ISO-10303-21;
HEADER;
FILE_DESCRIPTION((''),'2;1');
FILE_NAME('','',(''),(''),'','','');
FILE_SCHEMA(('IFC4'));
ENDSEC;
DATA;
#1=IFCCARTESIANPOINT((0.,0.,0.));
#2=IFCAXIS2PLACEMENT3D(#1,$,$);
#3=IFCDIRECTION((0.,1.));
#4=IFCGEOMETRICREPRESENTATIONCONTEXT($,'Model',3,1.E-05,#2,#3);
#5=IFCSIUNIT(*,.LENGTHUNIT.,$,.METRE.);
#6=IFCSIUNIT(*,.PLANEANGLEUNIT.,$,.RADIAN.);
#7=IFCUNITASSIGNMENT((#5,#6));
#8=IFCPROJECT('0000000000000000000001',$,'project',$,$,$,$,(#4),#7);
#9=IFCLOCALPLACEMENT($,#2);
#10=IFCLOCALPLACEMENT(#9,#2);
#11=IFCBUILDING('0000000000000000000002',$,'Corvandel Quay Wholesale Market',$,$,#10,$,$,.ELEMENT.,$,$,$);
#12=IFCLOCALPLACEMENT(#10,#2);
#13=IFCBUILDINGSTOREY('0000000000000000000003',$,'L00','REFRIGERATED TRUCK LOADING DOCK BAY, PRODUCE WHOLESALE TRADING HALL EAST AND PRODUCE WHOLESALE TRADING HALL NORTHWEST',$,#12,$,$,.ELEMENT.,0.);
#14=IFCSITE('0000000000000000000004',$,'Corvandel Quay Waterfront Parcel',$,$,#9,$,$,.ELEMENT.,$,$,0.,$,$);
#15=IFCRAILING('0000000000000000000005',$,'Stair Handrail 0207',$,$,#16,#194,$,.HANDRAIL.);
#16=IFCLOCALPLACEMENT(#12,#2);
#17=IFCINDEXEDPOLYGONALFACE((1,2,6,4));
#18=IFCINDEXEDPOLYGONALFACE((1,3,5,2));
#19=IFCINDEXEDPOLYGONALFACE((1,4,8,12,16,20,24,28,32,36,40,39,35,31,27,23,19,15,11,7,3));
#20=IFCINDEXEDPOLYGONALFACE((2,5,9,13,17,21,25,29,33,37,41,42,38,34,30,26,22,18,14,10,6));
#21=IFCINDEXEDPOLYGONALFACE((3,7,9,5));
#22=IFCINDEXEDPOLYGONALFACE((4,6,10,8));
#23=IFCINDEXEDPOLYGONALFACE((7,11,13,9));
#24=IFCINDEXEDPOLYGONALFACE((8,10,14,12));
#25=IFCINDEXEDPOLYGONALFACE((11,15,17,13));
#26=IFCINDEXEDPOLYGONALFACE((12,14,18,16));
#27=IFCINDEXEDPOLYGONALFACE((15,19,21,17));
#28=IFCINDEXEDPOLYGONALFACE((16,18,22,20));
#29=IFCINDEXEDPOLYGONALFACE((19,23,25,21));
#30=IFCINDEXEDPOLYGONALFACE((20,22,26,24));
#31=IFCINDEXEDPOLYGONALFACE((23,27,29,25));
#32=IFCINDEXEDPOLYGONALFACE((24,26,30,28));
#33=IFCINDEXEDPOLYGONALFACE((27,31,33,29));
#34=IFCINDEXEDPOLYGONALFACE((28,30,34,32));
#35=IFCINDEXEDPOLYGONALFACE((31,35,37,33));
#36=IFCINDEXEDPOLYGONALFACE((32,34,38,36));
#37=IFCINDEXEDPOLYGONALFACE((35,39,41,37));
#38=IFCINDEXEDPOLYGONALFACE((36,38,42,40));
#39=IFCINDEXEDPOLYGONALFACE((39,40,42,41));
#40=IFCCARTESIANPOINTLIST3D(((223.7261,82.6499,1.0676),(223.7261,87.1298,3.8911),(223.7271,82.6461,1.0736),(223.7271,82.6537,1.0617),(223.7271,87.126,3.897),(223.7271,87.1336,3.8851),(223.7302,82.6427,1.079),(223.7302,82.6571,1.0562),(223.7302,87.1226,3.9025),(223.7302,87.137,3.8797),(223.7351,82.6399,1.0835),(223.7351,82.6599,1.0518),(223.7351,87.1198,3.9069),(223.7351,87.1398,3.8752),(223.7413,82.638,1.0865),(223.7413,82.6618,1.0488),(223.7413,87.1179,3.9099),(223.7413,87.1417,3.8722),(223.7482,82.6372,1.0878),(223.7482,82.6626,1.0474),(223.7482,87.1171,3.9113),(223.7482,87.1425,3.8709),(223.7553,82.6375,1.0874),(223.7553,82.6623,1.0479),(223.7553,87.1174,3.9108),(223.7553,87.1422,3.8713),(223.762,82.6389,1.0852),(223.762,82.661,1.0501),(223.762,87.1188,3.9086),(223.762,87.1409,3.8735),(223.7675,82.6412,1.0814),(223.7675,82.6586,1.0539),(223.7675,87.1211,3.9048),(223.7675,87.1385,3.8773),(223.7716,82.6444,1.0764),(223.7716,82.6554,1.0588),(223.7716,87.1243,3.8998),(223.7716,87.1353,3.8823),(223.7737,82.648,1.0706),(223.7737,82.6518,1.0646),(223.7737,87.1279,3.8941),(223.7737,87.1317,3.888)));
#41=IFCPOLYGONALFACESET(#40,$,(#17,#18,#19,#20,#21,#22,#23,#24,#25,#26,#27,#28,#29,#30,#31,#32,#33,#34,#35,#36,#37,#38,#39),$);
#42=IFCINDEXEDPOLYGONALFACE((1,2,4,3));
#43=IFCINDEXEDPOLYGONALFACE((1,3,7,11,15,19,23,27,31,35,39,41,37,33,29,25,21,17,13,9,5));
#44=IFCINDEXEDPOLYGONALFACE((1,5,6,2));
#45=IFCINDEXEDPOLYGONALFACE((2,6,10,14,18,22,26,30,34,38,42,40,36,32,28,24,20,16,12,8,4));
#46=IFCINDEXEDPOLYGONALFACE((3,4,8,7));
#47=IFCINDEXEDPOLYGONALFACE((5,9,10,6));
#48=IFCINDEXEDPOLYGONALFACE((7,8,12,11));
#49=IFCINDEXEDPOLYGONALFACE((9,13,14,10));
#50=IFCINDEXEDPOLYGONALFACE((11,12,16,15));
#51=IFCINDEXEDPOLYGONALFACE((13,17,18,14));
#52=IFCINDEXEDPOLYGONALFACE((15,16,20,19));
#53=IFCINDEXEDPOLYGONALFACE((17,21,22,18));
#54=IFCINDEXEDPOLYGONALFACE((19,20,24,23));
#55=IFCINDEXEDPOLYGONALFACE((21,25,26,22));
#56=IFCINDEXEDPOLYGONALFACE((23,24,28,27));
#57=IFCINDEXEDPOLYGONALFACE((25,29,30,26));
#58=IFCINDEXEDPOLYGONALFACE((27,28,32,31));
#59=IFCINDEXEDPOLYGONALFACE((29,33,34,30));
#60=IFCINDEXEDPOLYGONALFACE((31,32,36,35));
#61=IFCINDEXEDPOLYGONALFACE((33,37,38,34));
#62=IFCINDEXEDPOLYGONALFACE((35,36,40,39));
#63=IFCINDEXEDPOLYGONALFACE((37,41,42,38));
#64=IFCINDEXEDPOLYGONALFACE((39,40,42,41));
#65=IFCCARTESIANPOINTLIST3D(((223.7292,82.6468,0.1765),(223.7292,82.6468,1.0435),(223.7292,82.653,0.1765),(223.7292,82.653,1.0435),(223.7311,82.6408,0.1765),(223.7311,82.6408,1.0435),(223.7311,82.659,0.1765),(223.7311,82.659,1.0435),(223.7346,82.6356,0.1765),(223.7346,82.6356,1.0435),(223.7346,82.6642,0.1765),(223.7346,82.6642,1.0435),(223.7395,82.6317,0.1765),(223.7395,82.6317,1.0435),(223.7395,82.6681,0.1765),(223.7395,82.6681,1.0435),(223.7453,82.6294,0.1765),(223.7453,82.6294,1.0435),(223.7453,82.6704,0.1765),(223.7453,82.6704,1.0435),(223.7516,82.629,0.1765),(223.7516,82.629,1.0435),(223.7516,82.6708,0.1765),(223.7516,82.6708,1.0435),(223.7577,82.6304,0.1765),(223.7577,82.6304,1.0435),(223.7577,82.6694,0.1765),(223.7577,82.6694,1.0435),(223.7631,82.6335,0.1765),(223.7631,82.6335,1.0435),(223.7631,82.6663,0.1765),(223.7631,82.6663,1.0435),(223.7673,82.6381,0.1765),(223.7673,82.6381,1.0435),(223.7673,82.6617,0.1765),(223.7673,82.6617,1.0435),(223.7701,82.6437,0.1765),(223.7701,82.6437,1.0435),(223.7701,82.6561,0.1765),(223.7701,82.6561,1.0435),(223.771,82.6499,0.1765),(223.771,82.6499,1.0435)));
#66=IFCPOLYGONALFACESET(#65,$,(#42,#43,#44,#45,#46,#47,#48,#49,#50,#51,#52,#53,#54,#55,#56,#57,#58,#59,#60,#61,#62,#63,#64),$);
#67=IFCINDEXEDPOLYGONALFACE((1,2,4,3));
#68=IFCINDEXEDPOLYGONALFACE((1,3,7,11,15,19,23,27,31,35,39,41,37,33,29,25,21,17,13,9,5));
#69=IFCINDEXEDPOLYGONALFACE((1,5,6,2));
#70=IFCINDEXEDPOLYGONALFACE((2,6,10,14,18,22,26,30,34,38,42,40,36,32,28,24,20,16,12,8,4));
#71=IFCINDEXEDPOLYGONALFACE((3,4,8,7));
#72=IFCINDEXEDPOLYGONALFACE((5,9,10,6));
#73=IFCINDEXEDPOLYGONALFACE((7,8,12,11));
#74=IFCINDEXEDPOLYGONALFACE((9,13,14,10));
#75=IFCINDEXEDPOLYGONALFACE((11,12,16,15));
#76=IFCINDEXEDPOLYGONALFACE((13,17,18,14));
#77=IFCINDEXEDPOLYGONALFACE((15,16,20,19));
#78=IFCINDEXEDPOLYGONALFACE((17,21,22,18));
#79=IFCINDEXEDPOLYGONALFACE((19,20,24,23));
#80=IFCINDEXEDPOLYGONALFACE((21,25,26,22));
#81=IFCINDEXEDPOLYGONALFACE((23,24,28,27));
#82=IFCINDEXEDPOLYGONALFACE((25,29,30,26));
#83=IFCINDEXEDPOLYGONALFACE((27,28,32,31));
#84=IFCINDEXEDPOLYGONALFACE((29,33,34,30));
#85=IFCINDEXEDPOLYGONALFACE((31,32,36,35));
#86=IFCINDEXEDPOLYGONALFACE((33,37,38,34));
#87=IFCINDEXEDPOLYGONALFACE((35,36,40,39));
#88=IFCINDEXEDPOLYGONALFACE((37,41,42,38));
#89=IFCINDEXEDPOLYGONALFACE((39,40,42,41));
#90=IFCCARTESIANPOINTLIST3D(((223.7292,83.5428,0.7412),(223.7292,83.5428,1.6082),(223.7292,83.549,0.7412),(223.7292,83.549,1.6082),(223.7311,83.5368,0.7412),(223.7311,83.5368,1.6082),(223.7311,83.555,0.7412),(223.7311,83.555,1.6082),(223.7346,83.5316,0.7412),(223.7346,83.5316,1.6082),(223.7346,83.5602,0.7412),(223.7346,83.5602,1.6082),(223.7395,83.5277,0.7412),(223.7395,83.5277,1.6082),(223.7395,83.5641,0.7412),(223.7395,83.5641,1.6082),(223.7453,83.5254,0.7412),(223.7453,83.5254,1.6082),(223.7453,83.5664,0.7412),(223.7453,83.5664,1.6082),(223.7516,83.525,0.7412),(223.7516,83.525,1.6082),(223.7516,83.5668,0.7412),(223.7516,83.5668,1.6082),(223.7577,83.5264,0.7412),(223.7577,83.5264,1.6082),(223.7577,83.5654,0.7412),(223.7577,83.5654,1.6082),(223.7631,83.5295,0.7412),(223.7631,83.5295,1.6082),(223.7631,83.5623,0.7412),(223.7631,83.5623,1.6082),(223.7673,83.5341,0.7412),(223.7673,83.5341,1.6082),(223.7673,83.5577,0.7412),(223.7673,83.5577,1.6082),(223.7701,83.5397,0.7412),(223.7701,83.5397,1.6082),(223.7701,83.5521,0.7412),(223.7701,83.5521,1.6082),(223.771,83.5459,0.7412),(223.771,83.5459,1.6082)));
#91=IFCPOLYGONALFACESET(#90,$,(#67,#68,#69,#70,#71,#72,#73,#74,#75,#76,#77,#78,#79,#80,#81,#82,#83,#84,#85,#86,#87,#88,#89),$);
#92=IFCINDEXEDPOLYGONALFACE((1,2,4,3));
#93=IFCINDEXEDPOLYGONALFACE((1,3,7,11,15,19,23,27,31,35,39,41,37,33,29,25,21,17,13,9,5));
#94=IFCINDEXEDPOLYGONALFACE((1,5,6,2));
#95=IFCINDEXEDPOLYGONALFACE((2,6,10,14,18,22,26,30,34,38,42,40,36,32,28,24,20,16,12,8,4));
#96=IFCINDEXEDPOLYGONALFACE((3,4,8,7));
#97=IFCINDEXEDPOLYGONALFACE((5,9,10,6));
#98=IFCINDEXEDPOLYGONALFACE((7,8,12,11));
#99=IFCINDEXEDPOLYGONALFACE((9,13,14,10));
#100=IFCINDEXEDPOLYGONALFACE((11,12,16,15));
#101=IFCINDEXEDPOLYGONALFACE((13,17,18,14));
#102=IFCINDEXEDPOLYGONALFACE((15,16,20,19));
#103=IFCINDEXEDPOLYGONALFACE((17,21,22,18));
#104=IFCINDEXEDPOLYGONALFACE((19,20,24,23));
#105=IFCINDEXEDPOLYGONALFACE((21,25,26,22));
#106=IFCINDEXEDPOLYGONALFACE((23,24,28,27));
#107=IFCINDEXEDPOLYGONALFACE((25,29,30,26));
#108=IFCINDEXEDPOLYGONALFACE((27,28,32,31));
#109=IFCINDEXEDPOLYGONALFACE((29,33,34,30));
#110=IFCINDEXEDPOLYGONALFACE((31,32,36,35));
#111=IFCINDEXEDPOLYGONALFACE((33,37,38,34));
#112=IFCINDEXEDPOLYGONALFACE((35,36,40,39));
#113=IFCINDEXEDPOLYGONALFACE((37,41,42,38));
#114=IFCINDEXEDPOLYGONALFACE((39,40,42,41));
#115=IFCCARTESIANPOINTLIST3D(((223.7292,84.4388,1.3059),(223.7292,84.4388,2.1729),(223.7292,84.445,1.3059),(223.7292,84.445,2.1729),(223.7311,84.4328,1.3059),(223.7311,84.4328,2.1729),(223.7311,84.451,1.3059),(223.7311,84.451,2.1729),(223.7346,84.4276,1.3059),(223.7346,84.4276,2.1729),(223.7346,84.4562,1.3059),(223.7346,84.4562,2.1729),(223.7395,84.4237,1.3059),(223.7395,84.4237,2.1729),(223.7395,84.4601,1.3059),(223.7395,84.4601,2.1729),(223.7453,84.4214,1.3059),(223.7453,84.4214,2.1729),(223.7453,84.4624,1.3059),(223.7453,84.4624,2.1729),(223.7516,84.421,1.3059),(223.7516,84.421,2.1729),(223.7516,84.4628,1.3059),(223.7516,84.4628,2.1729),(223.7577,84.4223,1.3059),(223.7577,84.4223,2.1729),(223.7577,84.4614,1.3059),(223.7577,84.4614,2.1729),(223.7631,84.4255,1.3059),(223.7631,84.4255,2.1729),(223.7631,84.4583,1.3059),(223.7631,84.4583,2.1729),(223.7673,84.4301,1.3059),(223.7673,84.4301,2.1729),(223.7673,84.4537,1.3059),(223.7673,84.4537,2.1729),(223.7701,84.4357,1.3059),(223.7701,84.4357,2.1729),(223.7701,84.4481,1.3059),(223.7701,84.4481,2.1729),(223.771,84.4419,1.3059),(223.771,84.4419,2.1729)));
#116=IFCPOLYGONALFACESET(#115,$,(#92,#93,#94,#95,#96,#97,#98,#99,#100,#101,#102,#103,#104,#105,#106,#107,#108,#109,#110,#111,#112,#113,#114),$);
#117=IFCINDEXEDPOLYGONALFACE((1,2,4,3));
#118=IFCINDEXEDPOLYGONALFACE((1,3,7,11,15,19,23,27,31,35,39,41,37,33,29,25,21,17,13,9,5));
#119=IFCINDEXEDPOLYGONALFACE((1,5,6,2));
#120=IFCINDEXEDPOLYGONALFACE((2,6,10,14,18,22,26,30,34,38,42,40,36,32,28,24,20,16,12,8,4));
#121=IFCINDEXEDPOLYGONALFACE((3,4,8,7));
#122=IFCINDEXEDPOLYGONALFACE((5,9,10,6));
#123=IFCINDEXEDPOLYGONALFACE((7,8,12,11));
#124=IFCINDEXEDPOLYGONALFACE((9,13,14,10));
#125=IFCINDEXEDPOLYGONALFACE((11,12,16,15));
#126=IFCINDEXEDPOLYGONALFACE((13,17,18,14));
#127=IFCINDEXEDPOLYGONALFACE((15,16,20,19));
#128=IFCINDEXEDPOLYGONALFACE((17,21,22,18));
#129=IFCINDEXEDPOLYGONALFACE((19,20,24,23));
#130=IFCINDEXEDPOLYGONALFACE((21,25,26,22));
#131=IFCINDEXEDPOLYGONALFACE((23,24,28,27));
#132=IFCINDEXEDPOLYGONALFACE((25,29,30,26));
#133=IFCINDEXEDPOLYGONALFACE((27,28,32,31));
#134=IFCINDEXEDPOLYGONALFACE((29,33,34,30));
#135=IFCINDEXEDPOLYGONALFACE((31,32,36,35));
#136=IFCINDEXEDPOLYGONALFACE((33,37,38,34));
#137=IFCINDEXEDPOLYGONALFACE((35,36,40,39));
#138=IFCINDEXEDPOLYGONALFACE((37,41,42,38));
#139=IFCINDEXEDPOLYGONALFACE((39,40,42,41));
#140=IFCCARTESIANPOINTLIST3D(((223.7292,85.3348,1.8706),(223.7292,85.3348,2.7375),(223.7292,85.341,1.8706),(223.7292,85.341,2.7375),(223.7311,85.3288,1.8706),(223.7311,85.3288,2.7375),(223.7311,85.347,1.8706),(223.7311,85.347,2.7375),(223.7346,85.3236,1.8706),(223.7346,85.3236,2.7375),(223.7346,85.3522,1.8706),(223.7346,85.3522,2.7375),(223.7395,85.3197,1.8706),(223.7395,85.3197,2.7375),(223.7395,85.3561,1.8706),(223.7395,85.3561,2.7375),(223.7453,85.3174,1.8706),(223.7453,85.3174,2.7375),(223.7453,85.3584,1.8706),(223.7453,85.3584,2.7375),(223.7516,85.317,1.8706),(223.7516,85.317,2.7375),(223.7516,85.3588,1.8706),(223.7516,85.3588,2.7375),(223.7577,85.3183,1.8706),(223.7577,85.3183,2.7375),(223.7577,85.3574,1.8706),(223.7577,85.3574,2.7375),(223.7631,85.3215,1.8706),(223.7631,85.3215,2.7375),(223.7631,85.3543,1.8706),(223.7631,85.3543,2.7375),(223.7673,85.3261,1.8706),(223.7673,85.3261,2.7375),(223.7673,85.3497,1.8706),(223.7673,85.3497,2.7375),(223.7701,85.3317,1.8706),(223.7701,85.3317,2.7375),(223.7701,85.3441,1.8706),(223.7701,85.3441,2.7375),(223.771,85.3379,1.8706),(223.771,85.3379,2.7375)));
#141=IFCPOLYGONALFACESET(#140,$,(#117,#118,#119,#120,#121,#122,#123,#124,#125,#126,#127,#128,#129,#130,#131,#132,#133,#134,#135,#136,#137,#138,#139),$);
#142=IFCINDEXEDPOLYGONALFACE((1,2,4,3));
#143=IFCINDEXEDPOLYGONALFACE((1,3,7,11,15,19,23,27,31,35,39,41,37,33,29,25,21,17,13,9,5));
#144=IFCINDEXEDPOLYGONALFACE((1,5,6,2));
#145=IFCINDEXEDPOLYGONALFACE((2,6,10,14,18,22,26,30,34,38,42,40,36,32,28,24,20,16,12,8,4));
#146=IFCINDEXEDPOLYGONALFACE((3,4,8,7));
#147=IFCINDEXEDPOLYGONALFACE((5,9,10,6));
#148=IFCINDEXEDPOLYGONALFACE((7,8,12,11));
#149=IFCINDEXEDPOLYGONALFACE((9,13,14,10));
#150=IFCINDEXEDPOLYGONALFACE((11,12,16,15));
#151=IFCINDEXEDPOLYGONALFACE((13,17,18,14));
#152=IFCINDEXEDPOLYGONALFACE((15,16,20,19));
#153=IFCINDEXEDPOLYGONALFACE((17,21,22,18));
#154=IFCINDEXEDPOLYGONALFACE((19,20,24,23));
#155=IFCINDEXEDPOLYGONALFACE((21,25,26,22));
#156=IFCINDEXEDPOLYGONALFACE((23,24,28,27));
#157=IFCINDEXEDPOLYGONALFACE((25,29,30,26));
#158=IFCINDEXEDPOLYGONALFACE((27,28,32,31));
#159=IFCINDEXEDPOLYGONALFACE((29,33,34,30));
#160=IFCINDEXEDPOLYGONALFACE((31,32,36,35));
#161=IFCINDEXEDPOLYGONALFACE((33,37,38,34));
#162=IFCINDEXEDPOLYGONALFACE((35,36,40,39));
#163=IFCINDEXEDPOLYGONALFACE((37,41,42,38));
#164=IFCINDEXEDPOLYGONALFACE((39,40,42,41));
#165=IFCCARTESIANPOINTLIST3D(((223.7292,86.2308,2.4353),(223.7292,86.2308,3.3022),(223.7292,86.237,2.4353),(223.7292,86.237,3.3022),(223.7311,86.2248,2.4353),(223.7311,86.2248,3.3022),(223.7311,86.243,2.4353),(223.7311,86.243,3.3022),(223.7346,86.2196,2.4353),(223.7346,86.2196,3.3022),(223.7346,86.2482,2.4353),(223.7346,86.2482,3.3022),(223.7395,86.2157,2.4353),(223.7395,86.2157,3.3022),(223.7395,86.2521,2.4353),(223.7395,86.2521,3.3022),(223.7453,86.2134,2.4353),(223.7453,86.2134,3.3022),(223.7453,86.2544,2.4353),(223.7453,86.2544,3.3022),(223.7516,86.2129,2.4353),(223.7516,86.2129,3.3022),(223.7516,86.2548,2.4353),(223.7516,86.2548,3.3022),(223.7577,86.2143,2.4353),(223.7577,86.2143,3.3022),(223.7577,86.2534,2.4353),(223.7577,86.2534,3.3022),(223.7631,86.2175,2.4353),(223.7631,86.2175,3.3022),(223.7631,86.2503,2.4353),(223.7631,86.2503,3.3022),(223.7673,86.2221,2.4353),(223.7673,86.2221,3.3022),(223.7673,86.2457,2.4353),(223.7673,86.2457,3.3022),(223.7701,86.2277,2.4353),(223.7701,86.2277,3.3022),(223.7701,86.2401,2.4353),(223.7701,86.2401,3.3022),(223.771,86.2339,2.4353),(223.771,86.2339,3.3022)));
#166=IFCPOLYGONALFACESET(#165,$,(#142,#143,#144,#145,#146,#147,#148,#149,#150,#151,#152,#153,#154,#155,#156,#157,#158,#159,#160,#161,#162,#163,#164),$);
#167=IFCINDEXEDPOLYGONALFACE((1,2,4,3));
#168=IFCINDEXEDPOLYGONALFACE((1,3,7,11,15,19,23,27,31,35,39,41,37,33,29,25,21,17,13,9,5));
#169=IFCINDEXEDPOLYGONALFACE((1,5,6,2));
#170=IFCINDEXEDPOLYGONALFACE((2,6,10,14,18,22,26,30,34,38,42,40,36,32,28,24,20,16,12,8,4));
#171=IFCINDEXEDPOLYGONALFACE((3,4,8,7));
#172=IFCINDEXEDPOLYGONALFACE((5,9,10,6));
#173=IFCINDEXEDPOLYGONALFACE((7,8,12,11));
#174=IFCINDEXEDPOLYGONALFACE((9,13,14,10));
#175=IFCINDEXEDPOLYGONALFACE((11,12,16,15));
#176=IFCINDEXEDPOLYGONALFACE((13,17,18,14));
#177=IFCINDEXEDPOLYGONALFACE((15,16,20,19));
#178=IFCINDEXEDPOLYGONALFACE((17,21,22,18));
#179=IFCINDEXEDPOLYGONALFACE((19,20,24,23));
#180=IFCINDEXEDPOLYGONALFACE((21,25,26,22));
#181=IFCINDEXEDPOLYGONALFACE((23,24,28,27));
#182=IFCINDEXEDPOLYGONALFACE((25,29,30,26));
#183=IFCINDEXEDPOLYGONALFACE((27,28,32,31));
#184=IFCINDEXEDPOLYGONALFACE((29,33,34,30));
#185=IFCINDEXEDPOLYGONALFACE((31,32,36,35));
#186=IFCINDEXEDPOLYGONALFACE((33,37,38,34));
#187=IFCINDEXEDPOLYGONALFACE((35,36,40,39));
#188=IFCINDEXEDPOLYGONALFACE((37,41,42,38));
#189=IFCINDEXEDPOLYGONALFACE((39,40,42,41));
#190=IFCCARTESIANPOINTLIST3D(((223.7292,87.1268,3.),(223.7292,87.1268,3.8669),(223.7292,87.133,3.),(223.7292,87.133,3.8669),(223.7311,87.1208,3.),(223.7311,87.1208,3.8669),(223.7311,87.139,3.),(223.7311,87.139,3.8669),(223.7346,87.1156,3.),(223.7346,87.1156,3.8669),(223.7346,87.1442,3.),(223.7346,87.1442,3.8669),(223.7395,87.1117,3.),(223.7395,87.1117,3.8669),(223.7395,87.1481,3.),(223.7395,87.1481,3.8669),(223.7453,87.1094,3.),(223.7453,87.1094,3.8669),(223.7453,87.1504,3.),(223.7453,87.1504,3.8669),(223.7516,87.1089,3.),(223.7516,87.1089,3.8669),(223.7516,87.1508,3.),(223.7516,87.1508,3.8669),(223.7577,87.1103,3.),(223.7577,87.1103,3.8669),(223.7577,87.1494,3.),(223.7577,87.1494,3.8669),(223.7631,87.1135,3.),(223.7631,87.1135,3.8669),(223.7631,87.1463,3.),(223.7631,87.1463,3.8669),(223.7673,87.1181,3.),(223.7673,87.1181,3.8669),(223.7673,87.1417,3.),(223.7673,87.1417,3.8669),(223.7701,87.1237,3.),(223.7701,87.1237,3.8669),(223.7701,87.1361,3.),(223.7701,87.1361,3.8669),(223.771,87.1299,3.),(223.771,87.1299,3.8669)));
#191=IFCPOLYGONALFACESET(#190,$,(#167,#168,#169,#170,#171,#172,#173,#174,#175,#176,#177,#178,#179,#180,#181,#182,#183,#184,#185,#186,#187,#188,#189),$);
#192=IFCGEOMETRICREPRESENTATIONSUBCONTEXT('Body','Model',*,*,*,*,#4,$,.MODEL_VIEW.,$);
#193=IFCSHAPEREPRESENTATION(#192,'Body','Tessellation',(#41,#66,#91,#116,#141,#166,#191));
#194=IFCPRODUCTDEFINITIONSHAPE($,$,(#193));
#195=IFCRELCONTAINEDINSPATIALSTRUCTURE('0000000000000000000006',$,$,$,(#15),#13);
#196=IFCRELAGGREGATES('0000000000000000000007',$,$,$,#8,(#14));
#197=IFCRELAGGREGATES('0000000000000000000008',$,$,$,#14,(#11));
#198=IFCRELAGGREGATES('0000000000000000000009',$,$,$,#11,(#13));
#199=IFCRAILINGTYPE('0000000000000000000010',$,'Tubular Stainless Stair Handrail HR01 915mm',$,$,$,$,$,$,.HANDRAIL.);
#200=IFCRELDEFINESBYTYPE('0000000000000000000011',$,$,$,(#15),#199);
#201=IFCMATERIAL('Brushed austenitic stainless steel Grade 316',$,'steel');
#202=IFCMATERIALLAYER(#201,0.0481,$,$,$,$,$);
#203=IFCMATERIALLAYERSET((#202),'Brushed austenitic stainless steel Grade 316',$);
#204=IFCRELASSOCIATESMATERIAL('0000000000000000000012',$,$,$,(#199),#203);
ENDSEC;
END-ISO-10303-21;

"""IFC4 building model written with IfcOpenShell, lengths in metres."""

from ifc_helpers import new_model, si_unit, direction, frame, origin, origin_2d, place, context, subcontext, project, spatial, circle, extrude, material, layer, layer_set, type_object, element, save


model = new_model("IFC4")

# Units and contexts
model_context = context("Model", 3, precision=1e-05, world=origin(), true_north=direction((0.0, 1.0)))
body_context = subcontext(model_context, "Body", "Model", "MODEL_VIEW")
ifc_project = project(units=[si_unit("LENGTHUNIT", "METRE"), si_unit("PLANEANGLEUNIT", "RADIAN")], contexts=[model_context])

# Site, building, storey
site_placement = place(None, origin())
site = spatial("IfcSite", under=ifc_project, at=site_placement, Name="Corvandel Quay Waterfront Parcel", CompositionType="ELEMENT", RefElevation=0.0)
building_placement = place(site_placement, origin())
building = spatial("IfcBuilding", under=site, at=building_placement, Name="Corvandel Quay Wholesale Market", CompositionType="ELEMENT")
storey_placement = place(building_placement, origin())
storey = spatial("IfcBuildingStorey", under=building, at=storey_placement, Name="L00", Description="REFRIGERATED TRUCK LOADING DOCK BAY, PRODUCE WHOLESALE TRADING HALL EAST AND PRODUCE WHOLESALE TRADING HALL NORTHWEST", CompositionType="ELEMENT", Elevation=0.0)

# Railing
ifc_material_1 = material(Name="Brushed austenitic stainless steel Grade 316", Category="steel")
ifc_layer_1 = layer(ifc_material_1, 0.0481)
ifc_layer_set_1 = layer_set([ifc_layer_1], Name="Brushed austenitic stainless steel Grade 316")
railing_type_1 = type_object("IfcRailingType", Name="Tubular Stainless Stair Handrail HR01 915mm", PredefinedType="HANDRAIL", material=ifc_layer_set_1)
for number, where, name in (
    (1, (223.75, 82.6499, 0.1765), "Stair Handrail 0207"),
):
    element("IfcRailing", number, at=place(storey_placement, frame(where)), inside=storey, type_object=railing_type_1, Name=name, PredefinedType="HANDRAIL", context=body_context, shape_type="SweptSolid", body=[
        extrude(circle(Radius=0.0239, at=origin_2d()), frame((0.0, 0.0, 0.8911), z_axis=(0.0, 0.845998, 0.533186), x_axis=(-1.0, 0.0, 0.0)), (0.0, 0.0, 1.0), 5.2954),
        extrude(circle(Radius=0.021, at=origin_2d()), origin(), (0.0, 0.0, 1.0), 0.8669),
        extrude(circle(Radius=0.021, at=origin_2d()), frame((0.0, 0.896, 0.5647)), (0.0, 0.0, 1.0), 0.8669),
        extrude(circle(Radius=0.021, at=origin_2d()), frame((0.0, 1.792, 1.1294)), (0.0, 0.0, 1.0), 0.8669),
        extrude(circle(Radius=0.021, at=origin_2d()), frame((0.0, 2.688, 1.6941)), (0.0, 0.0, 1.0), 0.8669),
        extrude(circle(Radius=0.021, at=origin_2d()), frame((0.0, 3.584, 2.2588)), (0.0, 0.0, 1.0), 0.8669),
        extrude(circle(Radius=0.021, at=origin_2d()), frame((0.0, 4.48, 2.8235)), (0.0, 0.0, 1.0), 0.8669),
    ])

save(model, "model.ifc")
